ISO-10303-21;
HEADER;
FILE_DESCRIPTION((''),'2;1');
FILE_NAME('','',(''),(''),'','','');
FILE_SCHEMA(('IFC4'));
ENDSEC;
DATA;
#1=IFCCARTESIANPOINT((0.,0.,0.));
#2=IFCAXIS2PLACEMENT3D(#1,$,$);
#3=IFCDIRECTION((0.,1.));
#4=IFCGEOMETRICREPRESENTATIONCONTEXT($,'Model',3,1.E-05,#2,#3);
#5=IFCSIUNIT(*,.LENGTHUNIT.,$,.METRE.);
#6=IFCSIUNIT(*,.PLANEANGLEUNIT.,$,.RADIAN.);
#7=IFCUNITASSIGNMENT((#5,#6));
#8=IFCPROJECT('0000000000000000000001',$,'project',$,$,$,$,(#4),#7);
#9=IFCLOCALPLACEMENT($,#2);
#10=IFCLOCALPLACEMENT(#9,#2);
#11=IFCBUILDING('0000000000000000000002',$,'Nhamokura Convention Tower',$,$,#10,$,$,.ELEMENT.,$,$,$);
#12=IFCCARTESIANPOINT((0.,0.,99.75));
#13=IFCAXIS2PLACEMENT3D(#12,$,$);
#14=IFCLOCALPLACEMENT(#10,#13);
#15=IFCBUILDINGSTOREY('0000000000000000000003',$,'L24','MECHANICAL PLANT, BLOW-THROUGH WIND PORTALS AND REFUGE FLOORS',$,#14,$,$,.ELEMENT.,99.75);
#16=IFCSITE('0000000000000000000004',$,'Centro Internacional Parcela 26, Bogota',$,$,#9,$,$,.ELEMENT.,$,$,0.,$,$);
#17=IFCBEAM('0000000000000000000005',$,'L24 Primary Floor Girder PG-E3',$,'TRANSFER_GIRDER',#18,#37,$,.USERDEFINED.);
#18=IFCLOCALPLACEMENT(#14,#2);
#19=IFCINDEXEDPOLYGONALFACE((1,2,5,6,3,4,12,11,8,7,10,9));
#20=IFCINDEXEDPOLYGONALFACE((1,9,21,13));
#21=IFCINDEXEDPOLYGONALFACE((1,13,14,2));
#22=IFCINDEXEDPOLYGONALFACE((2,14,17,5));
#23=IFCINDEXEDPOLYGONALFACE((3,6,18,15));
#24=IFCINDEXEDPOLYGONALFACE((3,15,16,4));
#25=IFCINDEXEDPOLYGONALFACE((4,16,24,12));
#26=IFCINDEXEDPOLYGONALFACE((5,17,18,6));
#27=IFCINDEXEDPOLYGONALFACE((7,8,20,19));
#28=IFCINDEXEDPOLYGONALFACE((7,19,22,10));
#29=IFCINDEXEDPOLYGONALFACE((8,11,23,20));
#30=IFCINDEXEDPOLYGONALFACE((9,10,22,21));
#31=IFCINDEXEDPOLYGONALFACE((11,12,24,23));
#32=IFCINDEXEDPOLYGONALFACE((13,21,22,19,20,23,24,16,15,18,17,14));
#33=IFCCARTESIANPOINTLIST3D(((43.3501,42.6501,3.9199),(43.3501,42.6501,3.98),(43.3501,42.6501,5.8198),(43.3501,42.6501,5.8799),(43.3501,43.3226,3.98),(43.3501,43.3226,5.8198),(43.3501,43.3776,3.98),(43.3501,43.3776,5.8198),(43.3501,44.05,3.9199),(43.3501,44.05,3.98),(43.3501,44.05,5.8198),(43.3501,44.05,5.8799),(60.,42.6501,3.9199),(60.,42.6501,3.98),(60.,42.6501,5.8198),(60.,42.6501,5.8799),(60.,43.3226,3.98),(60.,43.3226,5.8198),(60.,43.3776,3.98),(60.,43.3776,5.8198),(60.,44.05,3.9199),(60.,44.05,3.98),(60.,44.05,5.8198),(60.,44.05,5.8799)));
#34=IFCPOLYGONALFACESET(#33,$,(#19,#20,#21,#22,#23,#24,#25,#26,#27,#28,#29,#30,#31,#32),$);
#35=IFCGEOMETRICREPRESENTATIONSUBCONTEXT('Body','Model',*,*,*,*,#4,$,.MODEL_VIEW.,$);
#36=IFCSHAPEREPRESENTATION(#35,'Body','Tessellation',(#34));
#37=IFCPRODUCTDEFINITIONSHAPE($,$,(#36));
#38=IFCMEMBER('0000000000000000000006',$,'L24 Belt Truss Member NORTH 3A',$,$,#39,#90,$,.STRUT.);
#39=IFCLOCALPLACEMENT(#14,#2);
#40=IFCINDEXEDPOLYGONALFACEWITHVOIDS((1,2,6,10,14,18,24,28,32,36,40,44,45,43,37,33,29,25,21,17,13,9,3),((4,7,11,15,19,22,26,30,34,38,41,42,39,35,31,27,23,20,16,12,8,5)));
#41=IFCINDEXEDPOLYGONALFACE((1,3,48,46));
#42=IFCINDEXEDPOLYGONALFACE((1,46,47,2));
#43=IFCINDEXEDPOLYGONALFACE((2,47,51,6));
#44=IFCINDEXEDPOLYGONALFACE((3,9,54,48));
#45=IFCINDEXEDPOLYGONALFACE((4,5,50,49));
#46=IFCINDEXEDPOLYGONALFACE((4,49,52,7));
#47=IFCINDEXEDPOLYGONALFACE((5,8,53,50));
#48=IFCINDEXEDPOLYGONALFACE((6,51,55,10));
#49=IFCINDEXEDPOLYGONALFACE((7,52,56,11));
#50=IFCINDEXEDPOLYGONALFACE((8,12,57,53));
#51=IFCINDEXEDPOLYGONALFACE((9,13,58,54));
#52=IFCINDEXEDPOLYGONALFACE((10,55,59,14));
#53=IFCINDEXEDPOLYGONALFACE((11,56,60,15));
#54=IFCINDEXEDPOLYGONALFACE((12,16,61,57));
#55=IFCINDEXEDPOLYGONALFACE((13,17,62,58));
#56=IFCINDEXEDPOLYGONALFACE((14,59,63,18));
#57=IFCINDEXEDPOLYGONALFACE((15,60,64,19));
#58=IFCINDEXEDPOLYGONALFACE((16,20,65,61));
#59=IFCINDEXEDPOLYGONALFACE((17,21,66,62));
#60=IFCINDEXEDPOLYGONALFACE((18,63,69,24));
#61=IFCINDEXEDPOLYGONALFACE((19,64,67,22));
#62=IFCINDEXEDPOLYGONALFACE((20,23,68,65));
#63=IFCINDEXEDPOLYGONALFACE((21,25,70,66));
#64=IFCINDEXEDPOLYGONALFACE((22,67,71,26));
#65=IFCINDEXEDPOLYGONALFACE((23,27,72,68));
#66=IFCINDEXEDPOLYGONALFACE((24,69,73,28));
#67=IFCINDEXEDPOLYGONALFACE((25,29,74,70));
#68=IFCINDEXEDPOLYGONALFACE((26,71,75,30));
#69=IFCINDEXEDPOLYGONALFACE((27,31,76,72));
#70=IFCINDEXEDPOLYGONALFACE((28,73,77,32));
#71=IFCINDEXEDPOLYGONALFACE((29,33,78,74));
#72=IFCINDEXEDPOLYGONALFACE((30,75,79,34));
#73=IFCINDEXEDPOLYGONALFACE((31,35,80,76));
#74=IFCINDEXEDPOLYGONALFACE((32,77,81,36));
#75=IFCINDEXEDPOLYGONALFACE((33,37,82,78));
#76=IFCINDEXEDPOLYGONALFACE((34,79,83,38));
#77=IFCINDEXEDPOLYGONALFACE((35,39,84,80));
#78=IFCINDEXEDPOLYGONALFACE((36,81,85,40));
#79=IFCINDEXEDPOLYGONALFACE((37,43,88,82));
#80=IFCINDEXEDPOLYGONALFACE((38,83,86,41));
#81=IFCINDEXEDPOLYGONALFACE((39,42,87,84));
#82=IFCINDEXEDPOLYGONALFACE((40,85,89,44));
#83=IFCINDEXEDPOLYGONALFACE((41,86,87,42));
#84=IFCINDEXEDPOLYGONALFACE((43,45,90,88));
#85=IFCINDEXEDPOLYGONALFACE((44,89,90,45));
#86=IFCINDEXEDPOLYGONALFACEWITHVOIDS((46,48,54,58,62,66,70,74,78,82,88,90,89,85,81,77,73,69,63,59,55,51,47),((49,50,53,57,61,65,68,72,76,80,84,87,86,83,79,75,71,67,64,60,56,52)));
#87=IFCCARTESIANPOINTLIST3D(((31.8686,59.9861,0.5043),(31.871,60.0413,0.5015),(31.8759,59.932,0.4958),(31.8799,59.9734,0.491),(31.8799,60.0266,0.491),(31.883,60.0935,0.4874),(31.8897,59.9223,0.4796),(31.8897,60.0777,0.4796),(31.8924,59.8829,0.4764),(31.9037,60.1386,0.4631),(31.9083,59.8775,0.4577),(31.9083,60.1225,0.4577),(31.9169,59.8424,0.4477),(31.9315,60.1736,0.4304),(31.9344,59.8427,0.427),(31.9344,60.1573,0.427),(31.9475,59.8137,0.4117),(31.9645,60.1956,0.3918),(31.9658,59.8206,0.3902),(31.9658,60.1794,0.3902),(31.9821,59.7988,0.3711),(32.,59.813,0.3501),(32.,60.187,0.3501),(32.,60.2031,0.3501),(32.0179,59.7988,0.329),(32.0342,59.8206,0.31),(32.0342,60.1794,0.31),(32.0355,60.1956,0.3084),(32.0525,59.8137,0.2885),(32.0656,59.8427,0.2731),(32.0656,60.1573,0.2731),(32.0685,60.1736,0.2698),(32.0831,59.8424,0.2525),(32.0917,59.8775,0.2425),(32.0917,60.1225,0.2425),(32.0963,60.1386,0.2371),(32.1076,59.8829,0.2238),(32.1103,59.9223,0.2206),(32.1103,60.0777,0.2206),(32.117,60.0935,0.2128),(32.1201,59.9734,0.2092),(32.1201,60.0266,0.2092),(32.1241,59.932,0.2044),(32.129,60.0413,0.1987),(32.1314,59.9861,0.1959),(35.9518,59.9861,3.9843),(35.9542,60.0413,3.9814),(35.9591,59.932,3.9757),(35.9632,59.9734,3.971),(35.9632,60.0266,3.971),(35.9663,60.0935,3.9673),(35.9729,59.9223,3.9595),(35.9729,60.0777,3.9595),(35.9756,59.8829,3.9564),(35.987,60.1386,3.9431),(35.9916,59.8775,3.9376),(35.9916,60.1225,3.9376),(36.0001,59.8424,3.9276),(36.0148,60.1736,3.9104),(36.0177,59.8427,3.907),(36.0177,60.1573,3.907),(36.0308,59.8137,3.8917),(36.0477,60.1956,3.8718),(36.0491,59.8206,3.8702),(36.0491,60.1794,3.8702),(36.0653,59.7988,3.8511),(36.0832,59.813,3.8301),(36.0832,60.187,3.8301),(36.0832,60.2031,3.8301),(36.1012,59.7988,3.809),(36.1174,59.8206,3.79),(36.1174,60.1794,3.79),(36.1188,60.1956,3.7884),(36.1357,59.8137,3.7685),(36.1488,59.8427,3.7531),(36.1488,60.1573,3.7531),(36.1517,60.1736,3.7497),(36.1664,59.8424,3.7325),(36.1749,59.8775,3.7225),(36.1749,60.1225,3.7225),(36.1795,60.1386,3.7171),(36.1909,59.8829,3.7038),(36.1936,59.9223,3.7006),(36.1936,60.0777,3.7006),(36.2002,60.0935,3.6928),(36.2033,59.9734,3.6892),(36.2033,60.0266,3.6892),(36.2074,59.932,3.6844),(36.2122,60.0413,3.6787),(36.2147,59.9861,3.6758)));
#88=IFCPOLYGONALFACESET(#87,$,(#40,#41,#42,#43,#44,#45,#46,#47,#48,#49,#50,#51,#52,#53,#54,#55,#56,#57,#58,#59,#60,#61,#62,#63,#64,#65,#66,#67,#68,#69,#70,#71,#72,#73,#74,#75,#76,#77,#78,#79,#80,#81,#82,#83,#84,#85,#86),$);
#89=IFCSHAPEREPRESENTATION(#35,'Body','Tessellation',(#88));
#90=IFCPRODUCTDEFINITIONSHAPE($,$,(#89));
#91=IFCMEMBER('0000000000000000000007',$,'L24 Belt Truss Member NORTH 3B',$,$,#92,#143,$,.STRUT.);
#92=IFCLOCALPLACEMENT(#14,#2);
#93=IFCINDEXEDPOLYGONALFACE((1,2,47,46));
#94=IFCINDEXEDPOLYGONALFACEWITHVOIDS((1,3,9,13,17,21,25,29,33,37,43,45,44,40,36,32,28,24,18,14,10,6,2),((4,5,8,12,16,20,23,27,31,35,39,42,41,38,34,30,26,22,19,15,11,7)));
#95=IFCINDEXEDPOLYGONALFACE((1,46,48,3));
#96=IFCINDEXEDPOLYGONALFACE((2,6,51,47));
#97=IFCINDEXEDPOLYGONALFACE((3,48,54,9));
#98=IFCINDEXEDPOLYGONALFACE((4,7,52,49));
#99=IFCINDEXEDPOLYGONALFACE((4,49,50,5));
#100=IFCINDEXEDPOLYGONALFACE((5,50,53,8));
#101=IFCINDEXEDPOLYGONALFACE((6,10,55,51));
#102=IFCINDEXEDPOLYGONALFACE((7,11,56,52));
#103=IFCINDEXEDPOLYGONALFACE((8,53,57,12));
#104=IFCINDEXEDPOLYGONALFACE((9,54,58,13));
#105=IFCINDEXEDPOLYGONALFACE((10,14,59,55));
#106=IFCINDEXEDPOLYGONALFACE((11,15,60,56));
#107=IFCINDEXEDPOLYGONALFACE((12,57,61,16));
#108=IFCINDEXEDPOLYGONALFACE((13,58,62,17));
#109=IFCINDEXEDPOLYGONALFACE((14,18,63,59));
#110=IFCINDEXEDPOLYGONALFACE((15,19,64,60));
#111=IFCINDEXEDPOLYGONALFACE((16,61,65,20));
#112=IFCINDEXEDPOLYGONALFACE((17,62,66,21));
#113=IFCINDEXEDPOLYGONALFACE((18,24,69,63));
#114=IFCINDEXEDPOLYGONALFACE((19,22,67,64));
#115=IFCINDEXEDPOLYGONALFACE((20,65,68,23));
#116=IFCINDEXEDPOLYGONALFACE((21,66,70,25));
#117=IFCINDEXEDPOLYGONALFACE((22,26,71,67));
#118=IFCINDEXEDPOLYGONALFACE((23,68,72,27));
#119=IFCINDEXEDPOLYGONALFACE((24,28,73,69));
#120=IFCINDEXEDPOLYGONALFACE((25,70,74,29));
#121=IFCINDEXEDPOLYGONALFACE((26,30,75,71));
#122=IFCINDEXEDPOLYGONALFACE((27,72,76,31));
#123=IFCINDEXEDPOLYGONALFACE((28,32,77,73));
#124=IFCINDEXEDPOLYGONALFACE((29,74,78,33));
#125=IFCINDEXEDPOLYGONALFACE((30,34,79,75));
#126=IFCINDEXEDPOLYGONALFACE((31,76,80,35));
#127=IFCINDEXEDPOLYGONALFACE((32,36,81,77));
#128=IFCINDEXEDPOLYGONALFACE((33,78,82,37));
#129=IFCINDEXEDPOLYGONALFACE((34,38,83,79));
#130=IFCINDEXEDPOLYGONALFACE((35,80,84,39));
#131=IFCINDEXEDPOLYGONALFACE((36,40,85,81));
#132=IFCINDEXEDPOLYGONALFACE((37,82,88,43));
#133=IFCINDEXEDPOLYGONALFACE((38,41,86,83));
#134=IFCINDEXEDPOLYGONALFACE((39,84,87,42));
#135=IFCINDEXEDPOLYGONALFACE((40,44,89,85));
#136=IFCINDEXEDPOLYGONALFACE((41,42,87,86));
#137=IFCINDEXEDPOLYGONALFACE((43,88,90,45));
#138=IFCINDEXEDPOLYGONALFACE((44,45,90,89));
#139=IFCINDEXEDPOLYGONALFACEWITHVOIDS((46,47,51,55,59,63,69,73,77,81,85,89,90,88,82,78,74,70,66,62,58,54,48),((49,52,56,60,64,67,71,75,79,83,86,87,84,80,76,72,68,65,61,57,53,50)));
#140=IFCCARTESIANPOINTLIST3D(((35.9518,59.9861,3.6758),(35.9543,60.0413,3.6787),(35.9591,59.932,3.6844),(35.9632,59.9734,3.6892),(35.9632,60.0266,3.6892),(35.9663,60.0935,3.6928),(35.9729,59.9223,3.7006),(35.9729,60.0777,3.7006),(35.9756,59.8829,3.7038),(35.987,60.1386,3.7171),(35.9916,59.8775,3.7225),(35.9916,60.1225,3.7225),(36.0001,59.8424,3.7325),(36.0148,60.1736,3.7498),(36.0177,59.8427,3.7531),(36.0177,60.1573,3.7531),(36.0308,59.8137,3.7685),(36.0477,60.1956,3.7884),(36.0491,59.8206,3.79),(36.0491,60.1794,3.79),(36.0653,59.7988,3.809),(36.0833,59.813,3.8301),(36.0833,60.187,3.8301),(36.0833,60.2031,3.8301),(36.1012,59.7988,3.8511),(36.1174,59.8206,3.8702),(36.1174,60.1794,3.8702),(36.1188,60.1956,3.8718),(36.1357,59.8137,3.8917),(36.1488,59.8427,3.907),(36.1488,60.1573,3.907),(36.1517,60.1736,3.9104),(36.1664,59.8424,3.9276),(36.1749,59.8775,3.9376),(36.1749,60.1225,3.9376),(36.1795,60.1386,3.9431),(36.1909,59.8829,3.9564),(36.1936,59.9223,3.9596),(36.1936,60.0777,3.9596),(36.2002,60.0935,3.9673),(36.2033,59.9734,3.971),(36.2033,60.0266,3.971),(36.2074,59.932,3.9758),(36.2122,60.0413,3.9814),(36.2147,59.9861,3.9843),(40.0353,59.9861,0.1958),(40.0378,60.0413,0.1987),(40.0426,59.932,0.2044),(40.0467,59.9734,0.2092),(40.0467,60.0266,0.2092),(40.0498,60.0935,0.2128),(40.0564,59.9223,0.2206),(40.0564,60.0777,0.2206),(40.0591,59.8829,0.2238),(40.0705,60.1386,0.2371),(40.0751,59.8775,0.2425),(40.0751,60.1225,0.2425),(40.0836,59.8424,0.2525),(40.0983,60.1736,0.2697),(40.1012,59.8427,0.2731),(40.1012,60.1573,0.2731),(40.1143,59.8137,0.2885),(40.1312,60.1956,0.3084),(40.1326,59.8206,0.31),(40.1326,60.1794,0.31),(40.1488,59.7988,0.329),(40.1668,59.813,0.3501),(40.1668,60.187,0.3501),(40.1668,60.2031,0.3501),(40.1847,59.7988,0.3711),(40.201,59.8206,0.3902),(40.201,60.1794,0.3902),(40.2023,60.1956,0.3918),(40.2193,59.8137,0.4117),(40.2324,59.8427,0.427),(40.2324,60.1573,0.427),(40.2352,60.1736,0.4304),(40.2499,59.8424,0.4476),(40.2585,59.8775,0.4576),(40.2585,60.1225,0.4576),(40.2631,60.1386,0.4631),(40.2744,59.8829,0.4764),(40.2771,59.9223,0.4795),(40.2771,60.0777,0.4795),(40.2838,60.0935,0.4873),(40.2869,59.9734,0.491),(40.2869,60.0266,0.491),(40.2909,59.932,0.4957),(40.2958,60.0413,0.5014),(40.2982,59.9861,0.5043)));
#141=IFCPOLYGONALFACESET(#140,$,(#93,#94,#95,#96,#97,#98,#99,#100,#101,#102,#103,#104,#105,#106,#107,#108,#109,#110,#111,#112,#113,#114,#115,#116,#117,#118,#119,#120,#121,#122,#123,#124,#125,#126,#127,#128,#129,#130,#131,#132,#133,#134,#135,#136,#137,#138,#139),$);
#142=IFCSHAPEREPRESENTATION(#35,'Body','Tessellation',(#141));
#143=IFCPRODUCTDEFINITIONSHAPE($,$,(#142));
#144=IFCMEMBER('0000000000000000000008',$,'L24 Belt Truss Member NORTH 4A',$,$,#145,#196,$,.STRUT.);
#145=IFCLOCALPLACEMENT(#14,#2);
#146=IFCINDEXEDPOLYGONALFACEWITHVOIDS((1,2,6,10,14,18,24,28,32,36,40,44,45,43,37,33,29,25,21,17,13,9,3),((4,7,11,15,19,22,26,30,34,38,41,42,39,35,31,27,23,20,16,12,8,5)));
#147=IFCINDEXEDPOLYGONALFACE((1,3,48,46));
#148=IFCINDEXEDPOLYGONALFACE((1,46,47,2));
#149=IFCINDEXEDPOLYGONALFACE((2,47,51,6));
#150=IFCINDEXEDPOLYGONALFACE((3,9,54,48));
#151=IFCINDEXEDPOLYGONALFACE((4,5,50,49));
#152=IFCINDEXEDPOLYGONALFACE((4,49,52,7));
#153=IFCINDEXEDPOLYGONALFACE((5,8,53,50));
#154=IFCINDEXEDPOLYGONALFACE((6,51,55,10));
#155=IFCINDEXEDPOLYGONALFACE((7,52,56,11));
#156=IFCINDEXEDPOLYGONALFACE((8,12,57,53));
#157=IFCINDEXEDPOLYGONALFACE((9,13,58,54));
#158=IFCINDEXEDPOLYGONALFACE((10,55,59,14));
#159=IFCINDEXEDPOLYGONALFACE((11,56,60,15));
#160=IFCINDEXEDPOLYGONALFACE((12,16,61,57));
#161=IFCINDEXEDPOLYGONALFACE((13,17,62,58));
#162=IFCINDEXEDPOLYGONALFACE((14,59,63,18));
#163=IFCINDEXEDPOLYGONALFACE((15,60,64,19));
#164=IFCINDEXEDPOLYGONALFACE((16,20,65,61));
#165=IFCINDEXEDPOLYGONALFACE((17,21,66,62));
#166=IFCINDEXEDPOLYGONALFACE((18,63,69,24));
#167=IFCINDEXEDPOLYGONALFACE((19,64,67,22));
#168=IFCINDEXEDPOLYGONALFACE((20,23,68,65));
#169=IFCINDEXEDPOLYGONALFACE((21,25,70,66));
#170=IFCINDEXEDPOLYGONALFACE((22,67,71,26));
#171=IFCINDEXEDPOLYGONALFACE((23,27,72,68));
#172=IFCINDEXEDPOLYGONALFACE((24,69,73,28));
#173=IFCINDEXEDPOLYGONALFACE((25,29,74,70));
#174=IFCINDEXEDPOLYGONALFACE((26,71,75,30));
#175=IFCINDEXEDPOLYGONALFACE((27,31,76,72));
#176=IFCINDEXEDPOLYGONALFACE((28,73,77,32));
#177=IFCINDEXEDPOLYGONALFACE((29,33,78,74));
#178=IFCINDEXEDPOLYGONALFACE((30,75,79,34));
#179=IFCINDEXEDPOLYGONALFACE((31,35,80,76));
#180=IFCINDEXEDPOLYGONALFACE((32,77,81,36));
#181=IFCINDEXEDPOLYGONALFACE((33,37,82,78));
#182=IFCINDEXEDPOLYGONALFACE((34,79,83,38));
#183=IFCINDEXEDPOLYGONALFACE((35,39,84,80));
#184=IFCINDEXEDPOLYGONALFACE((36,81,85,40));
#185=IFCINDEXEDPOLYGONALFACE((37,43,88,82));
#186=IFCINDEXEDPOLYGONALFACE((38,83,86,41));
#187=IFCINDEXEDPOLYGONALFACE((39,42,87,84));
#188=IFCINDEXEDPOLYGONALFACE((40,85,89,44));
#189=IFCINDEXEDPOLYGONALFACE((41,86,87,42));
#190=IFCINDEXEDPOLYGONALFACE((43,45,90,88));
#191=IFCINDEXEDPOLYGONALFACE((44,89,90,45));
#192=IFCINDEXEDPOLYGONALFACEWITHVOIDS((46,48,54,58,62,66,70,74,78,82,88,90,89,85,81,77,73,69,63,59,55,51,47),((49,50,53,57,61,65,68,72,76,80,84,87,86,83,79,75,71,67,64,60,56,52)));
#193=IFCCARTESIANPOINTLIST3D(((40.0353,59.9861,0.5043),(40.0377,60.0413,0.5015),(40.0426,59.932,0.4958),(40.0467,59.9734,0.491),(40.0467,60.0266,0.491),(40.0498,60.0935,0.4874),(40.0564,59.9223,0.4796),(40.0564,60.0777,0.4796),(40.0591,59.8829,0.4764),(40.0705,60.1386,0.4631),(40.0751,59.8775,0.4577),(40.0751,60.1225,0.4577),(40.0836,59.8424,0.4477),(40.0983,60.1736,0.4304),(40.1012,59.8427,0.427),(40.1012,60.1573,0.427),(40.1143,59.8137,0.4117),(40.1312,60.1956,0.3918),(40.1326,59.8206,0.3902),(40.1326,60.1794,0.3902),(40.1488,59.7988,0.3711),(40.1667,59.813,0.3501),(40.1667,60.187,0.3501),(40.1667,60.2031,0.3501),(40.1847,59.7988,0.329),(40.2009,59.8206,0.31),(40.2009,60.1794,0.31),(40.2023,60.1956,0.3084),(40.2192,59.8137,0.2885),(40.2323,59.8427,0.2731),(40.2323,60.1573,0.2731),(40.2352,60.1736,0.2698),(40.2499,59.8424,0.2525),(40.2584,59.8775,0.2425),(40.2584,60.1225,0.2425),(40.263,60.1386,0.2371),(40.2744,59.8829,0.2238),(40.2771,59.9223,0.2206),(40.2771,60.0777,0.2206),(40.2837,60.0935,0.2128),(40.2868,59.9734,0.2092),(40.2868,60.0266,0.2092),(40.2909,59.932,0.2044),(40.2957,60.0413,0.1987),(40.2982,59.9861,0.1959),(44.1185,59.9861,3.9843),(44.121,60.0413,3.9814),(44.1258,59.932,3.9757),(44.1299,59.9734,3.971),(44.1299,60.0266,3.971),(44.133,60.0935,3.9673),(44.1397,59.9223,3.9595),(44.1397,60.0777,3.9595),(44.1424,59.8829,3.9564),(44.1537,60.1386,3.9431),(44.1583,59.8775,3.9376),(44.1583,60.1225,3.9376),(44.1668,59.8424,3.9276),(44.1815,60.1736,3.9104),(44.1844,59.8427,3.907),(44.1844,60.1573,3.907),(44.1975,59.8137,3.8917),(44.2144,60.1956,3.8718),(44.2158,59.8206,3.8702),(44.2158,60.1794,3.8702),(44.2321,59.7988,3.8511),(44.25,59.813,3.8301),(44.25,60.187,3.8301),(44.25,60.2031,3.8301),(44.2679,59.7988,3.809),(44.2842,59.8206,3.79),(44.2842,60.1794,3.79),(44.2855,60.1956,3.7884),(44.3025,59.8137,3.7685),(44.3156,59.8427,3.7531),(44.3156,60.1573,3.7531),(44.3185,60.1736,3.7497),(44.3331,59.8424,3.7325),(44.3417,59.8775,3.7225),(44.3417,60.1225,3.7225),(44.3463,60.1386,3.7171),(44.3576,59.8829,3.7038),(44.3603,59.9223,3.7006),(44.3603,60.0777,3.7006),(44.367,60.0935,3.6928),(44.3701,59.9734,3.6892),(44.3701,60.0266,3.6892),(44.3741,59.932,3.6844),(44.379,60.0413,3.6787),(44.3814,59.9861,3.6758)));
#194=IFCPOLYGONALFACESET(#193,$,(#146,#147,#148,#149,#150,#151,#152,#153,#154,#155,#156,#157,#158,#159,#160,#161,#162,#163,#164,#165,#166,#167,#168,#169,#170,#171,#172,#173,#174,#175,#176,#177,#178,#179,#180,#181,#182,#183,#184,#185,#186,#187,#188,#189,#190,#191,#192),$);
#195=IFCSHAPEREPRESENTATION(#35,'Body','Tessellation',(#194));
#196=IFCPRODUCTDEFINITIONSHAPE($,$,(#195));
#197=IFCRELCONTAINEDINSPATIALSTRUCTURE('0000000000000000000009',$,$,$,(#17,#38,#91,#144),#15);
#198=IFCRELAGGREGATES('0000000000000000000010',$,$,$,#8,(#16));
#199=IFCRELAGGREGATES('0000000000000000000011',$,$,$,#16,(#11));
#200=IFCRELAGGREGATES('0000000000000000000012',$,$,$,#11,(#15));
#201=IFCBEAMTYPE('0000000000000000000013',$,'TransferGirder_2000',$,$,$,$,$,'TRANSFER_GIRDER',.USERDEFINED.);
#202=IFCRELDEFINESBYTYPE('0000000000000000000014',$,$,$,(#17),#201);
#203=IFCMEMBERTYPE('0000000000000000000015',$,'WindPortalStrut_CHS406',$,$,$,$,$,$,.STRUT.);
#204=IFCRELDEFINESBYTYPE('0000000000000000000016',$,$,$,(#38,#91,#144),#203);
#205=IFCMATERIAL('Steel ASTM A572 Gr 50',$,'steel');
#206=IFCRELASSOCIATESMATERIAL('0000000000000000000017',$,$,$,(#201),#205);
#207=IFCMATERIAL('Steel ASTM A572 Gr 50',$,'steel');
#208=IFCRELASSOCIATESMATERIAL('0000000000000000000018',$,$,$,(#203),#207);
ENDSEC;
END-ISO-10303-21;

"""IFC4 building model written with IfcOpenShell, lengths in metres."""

from ifc_helpers import new_model, si_unit, direction, frame, origin, origin_2d, place, context, subcontext, project, spatial, hollow_circle, i_section, extrude, material, material_profile, profile_set, type_object, element, save


model = new_model("IFC4")

# Units and contexts
model_context = context("Model", 3, precision=1e-05, world=origin(), true_north=direction((0.0, 1.0)))
body_context = subcontext(model_context, "Body", "Model", "MODEL_VIEW")
ifc_project = project(units=[si_unit("LENGTHUNIT", "METRE"), si_unit("PLANEANGLEUNIT", "RADIAN")], contexts=[model_context])

# Site, building, storey
site_placement = place(None, origin())
site = spatial("IfcSite", under=ifc_project, at=site_placement, Name="Centro Internacional Parcela 26, Bogota", CompositionType="ELEMENT", RefElevation=0.0)
building_placement = place(site_placement, origin())
building = spatial("IfcBuilding", under=site, at=building_placement, Name="Nhamokura Convention Tower", CompositionType="ELEMENT")
storey_placement = place(building_placement, frame((0.0, 0.0, 99.75)))
storey = spatial("IfcBuildingStorey", under=building, at=storey_placement, Name="L24", Description="MECHANICAL PLANT, BLOW-THROUGH WIND PORTALS AND REFUGE FLOORS", CompositionType="ELEMENT", Elevation=99.75)

# Beam
ifc_material_1 = material(Name="Steel ASTM A572 Gr 50", Category="steel")
ifc_material_profile_1 = material_profile(ifc_material_1, i_section(OverallWidth=1.3999, OverallDepth=1.96, WebThickness=0.0549, FlangeThickness=0.0601, at=origin_2d()))
ifc_profile_set_1 = profile_set([ifc_material_profile_1], Name="Steel ASTM A572 Gr 50")
beam_type_1 = type_object("IfcBeamType", Name="TransferGirder_2000", ElementType="TRANSFER_GIRDER", PredefinedType="USERDEFINED", material=ifc_profile_set_1)
for number, where, z_axis, x_axis, name in (
    (1, (43.3501, 43.3501, 4.8999), (1.0, 0.0, 0.0), (0.0, 1.0, 0.0), "L24 Primary Floor Girder PG-E3"),
):
    element("IfcBeam", number, at=place(storey_placement, frame(where, z_axis=z_axis, x_axis=x_axis)), inside=storey, type_object=beam_type_1, Name=name, ObjectType="TRANSFER_GIRDER", PredefinedType="USERDEFINED", context=body_context, shape_type="SweptSolid", body=[
        extrude(i_section(OverallWidth=1.3999, OverallDepth=1.96, WebThickness=0.0549, FlangeThickness=0.0601, at=origin_2d()), origin(), (0.0, 0.0, 1.0), 16.6499),
    ])

# Members
ifc_material_2 = material(Name="Steel ASTM A572 Gr 50", Category="steel")
ifc_material_profile_2 = material_profile(ifc_material_2, hollow_circle(Radius=0.2031, WallThickness=0.0161, at=origin_2d()))
ifc_profile_set_2 = profile_set([ifc_material_profile_2], Name="Steel ASTM A572 Gr 50")
member_type = type_object("IfcMemberType", Name="WindPortalStrut_CHS406", PredefinedType="STRUT", material=ifc_profile_set_2)
member_1_placement = place(storey_placement, frame((32.0, 60.0, 0.3501), z_axis=(0.761091, 0.0, 0.648645), x_axis=(0.0, 1.0, 0.0)))
element("IfcMember", 2, at=member_1_placement, inside=storey, type_object=member_type, Name="L24 Belt Truss Member NORTH 3A", PredefinedType="STRUT", context=body_context, shape_type="SweptSolid", body=[
    extrude(hollow_circle(Radius=0.2031, WallThickness=0.0161, at=origin_2d()), origin(), (0.0, 0.0, 1.0), 5.365),
])
member_2_placement = place(storey_placement, frame((36.0833, 60.0, 3.8301), z_axis=(0.76111, 0.0, -0.648623), x_axis=(0.0, 1.0, 0.0)))
element("IfcMember", 3, at=member_2_placement, inside=storey, type_object=member_type, Name="L24 Belt Truss Member NORTH 3B", PredefinedType="STRUT", context=body_context, shape_type="SweptSolid", body=[
    extrude(hollow_circle(Radius=0.2031, WallThickness=0.0161, at=origin_2d()), origin(), (0.0, 0.0, 1.0), 5.3652),
])
member_3_placement = place(storey_placement, frame((40.1667, 60.0, 0.3501), z_axis=(0.761091, 0.0, 0.648645), x_axis=(0.0, 1.0, 0.0)))
element("IfcMember", 4, at=member_3_placement, inside=storey, type_object=member_type, Name="L24 Belt Truss Member NORTH 4A", PredefinedType="STRUT", context=body_context, shape_type="SweptSolid", body=[
    extrude(hollow_circle(Radius=0.2031, WallThickness=0.0161, at=origin_2d()), origin(), (0.0, 0.0, 1.0), 5.365),
])

save(model, "model.ifc")
